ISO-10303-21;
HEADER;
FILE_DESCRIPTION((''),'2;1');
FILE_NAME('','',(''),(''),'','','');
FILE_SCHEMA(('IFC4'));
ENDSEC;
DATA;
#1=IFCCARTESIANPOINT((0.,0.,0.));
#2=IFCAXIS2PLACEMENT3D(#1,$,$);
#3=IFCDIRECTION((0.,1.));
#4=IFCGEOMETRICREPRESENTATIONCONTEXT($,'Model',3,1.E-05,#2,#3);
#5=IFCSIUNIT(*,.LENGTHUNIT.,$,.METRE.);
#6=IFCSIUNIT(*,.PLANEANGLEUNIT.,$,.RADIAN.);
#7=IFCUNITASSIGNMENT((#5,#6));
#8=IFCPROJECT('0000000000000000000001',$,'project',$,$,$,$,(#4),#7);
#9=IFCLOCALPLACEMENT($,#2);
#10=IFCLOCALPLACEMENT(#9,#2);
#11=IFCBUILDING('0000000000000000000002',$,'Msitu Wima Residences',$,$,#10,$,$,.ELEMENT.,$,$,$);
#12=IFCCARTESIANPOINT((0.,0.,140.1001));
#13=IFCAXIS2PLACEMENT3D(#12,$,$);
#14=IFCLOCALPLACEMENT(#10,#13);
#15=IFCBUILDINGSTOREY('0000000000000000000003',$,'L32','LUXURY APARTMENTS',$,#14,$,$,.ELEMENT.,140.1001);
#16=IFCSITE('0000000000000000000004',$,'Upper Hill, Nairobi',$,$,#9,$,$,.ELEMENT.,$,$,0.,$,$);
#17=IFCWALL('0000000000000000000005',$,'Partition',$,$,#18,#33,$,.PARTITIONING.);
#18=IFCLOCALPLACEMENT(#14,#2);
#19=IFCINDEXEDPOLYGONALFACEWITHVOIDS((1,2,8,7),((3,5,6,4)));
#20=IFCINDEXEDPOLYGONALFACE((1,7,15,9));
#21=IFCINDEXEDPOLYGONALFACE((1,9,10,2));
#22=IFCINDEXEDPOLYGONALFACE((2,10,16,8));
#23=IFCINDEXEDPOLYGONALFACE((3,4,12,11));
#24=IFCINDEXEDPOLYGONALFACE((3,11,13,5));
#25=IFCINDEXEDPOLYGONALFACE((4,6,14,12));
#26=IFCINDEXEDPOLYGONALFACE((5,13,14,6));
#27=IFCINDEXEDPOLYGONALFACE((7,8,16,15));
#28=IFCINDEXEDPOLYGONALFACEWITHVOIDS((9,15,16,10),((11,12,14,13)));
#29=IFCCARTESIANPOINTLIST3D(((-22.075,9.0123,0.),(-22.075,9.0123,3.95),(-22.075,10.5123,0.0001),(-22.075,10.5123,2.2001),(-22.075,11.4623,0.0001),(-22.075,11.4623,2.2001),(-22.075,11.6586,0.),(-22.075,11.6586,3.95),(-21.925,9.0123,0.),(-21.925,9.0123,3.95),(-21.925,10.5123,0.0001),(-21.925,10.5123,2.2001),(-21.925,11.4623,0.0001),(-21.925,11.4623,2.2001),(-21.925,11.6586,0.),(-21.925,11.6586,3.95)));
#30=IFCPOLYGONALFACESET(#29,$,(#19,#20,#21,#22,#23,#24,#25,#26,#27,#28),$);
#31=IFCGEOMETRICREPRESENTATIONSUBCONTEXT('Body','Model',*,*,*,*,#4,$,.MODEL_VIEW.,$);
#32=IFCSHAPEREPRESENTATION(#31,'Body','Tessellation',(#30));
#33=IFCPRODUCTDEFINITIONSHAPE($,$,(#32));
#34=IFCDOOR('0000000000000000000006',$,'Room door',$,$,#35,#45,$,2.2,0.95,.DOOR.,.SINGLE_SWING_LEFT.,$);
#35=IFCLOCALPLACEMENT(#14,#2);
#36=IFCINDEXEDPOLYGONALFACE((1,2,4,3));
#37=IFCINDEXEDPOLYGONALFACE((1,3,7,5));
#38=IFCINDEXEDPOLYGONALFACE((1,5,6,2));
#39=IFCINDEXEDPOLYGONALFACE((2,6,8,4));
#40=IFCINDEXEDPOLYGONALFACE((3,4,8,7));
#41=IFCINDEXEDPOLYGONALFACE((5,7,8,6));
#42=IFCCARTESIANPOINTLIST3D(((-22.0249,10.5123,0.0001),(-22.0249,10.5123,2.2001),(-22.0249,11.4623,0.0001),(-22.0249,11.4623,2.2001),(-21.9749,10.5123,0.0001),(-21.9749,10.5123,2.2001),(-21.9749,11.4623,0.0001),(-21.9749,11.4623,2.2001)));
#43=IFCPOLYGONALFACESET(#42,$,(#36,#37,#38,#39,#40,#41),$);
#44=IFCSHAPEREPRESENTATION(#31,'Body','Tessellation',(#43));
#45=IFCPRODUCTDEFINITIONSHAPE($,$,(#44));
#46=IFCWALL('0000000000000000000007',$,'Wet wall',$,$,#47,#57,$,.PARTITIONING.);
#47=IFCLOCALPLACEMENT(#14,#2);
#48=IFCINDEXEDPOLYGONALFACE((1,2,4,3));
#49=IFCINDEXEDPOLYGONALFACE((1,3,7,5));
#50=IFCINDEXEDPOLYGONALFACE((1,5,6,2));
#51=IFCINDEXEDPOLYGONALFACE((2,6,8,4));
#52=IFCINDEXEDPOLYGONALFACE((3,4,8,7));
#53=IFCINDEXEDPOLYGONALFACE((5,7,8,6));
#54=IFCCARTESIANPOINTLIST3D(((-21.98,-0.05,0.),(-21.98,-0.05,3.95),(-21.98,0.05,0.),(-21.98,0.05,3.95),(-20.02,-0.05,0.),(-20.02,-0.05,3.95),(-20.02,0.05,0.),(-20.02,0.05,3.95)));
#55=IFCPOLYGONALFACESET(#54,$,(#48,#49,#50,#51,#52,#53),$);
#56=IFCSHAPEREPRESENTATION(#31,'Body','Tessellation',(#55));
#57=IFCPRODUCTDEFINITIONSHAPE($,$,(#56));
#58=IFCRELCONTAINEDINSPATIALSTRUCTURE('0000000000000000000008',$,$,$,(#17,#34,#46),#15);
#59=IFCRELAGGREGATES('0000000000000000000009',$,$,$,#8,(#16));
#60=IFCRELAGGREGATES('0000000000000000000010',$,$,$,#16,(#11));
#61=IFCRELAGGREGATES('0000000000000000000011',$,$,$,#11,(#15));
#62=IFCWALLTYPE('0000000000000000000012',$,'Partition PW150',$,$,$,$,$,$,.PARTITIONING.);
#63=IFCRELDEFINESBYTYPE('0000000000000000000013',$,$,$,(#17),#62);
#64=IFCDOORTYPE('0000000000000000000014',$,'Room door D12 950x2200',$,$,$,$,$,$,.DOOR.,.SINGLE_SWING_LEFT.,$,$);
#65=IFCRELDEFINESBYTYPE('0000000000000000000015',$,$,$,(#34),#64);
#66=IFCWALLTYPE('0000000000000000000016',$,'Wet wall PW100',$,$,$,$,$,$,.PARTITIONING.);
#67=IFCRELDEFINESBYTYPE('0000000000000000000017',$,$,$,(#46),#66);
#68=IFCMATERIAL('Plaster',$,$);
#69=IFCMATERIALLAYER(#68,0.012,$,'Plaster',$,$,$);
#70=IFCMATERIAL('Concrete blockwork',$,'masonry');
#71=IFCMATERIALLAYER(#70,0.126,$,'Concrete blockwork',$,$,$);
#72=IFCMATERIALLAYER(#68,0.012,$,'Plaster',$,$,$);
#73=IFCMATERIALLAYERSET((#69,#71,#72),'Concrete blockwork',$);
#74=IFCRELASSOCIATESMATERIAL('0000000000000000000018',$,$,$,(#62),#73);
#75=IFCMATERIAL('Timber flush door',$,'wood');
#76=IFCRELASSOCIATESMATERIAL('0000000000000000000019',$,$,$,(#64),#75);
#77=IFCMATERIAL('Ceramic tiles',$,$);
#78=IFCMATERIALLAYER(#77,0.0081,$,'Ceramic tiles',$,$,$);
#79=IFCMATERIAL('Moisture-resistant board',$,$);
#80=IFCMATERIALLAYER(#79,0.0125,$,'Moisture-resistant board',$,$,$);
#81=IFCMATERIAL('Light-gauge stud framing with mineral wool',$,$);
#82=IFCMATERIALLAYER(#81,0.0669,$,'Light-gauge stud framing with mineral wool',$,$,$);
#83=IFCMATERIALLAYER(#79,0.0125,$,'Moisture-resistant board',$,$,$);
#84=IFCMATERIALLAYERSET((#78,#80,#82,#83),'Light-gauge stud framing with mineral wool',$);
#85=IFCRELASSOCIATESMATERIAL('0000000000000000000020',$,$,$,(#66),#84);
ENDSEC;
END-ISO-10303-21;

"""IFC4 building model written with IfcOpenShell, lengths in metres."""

from ifc_helpers import new_model, si_unit, direction, frame, frame_2d, origin, place, context, subcontext, project, spatial, rectangle, extrude, material, layer, layer_set, type_object, element, fill, save


model = new_model("IFC4")

# Units and contexts
model_context = context("Model", 3, precision=1e-05, world=origin(), true_north=direction((0.0, 1.0)))
body_context = subcontext(model_context, "Body", "Model", "MODEL_VIEW")
ifc_project = project(units=[si_unit("LENGTHUNIT", "METRE"), si_unit("PLANEANGLEUNIT", "RADIAN")], contexts=[model_context])

# Site, building, storey
site_placement = place(None, origin())
site = spatial("IfcSite", under=ifc_project, at=site_placement, Name="Upper Hill, Nairobi", CompositionType="ELEMENT", RefElevation=0.0)
building_placement = place(site_placement, origin())
building = spatial("IfcBuilding", under=site, at=building_placement, Name="Msitu Wima Residences", CompositionType="ELEMENT")
storey_placement = place(building_placement, frame((0.0, 0.0, 140.1001)))
storey = spatial("IfcBuildingStorey", under=building, at=storey_placement, Name="L32", Description="LUXURY APARTMENTS", CompositionType="ELEMENT", Elevation=140.1001)

# Shared definitions
ifc_material_1 = material(Name="Plaster")
ifc_layer_1 = layer(ifc_material_1, 0.012, Name="Plaster")
ifc_material_2 = material(Name="Concrete blockwork", Category="masonry")
ifc_layer_2 = layer(ifc_material_2, 0.126, Name="Concrete blockwork")
ifc_layer_3 = layer(ifc_material_1, 0.012, Name="Plaster")
ifc_layer_set_1 = layer_set([ifc_layer_1, ifc_layer_2, ifc_layer_3], Name="Concrete blockwork")
wall_type_1 = type_object("IfcWallType", Name="Partition PW150", PredefinedType="PARTITIONING", material=ifc_layer_set_1)

# Wall, opening, door
wall_1_placement = place(storey_placement, frame((-22.0, 9.0122, 0.0), z_axis=(0.0, 0.0, 1.0), x_axis=(0.0, 1.0, 0.0)))
wall_1 = element("IfcWall", 1, at=wall_1_placement, inside=storey, type_object=wall_type_1, Name="Partition", PredefinedType="PARTITIONING", context=body_context, shape_type="SweptSolid", body=[
    extrude(rectangle(XDim=2.6462, YDim=0.1499, at=frame_2d((1.3232, 0.0))), origin(), (0.0, 0.0, 1.0), 3.95),
])
opening_1_placement = place(wall_1_placement, frame((1.5, 0.0, 0.0)))
opening_1 = element("IfcOpeningElement", 2, at=opening_1_placement, cuts=wall_1, PredefinedType="OPENING", context=body_context, shape_type="SweptSolid", body=[
    extrude(rectangle(XDim=0.95, YDim=2.2, at=frame_2d((0.4751, 1.1001))), frame((0.0, 0.085, 0.0), z_axis=(0.0, -1.0, 0.0), x_axis=(1.0, 0.0, 0.0)), (0.0, 0.0, 1.0), 0.1699),
])
ifc_material_3 = material(Name="Timber flush door", Category="wood")
door_type_1 = type_object("IfcDoorType", Name="Room door D12 950x2200", OperationType="SINGLE_SWING_LEFT", PredefinedType="DOOR", material=ifc_material_3)
door_1_placement = place(opening_1_placement, origin())
door_1 = element("IfcDoor", 3, at=door_1_placement, inside=storey, type_object=door_type_1, Name="Room door", OperationType="SINGLE_SWING_LEFT", OverallHeight=2.2, OverallWidth=0.95, PredefinedType="DOOR", context=body_context, shape_type="SweptSolid", body=[
    extrude(rectangle(XDim=0.95, YDim=2.2, at=frame_2d((0.4751, 1.1001))), frame((0.0, 0.0249, 0.0), z_axis=(0.0, -1.0, 0.0), x_axis=(1.0, 0.0, 0.0)), (0.0, 0.0, 1.0), 0.05),
])
fill(opening_1, door_1)

# Wall
ifc_material_4 = material(Name="Ceramic tiles")
ifc_layer_4 = layer(ifc_material_4, 0.0081, Name="Ceramic tiles")
ifc_material_5 = material(Name="Moisture-resistant board")
ifc_layer_5 = layer(ifc_material_5, 0.0125, Name="Moisture-resistant board")
ifc_material_6 = material(Name="Light-gauge stud framing with mineral wool")
ifc_layer_6 = layer(ifc_material_6, 0.0669, Name="Light-gauge stud framing with mineral wool")
ifc_layer_7 = layer(ifc_material_5, 0.0125, Name="Moisture-resistant board")
ifc_layer_set_2 = layer_set([ifc_layer_4, ifc_layer_5, ifc_layer_6, ifc_layer_7], Name="Light-gauge stud framing with mineral wool")
wall_type_2 = type_object("IfcWallType", Name="Wet wall PW100", PredefinedType="PARTITIONING", material=ifc_layer_set_2)
wall_2_placement = place(storey_placement, frame((-21.98, 0.0, 0.0), z_axis=(0.0, 0.0, 1.0), x_axis=(1.0, 0.0, 0.0)))
element("IfcWall", 4, at=wall_2_placement, inside=storey, type_object=wall_type_2, Name="Wet wall", PredefinedType="PARTITIONING", context=body_context, shape_type="SweptSolid", body=[
    extrude(rectangle(XDim=1.96, YDim=0.1001, at=frame_2d((0.98, 0.0))), origin(), (0.0, 0.0, 1.0), 3.95),
])

save(model, "model.ifc")
